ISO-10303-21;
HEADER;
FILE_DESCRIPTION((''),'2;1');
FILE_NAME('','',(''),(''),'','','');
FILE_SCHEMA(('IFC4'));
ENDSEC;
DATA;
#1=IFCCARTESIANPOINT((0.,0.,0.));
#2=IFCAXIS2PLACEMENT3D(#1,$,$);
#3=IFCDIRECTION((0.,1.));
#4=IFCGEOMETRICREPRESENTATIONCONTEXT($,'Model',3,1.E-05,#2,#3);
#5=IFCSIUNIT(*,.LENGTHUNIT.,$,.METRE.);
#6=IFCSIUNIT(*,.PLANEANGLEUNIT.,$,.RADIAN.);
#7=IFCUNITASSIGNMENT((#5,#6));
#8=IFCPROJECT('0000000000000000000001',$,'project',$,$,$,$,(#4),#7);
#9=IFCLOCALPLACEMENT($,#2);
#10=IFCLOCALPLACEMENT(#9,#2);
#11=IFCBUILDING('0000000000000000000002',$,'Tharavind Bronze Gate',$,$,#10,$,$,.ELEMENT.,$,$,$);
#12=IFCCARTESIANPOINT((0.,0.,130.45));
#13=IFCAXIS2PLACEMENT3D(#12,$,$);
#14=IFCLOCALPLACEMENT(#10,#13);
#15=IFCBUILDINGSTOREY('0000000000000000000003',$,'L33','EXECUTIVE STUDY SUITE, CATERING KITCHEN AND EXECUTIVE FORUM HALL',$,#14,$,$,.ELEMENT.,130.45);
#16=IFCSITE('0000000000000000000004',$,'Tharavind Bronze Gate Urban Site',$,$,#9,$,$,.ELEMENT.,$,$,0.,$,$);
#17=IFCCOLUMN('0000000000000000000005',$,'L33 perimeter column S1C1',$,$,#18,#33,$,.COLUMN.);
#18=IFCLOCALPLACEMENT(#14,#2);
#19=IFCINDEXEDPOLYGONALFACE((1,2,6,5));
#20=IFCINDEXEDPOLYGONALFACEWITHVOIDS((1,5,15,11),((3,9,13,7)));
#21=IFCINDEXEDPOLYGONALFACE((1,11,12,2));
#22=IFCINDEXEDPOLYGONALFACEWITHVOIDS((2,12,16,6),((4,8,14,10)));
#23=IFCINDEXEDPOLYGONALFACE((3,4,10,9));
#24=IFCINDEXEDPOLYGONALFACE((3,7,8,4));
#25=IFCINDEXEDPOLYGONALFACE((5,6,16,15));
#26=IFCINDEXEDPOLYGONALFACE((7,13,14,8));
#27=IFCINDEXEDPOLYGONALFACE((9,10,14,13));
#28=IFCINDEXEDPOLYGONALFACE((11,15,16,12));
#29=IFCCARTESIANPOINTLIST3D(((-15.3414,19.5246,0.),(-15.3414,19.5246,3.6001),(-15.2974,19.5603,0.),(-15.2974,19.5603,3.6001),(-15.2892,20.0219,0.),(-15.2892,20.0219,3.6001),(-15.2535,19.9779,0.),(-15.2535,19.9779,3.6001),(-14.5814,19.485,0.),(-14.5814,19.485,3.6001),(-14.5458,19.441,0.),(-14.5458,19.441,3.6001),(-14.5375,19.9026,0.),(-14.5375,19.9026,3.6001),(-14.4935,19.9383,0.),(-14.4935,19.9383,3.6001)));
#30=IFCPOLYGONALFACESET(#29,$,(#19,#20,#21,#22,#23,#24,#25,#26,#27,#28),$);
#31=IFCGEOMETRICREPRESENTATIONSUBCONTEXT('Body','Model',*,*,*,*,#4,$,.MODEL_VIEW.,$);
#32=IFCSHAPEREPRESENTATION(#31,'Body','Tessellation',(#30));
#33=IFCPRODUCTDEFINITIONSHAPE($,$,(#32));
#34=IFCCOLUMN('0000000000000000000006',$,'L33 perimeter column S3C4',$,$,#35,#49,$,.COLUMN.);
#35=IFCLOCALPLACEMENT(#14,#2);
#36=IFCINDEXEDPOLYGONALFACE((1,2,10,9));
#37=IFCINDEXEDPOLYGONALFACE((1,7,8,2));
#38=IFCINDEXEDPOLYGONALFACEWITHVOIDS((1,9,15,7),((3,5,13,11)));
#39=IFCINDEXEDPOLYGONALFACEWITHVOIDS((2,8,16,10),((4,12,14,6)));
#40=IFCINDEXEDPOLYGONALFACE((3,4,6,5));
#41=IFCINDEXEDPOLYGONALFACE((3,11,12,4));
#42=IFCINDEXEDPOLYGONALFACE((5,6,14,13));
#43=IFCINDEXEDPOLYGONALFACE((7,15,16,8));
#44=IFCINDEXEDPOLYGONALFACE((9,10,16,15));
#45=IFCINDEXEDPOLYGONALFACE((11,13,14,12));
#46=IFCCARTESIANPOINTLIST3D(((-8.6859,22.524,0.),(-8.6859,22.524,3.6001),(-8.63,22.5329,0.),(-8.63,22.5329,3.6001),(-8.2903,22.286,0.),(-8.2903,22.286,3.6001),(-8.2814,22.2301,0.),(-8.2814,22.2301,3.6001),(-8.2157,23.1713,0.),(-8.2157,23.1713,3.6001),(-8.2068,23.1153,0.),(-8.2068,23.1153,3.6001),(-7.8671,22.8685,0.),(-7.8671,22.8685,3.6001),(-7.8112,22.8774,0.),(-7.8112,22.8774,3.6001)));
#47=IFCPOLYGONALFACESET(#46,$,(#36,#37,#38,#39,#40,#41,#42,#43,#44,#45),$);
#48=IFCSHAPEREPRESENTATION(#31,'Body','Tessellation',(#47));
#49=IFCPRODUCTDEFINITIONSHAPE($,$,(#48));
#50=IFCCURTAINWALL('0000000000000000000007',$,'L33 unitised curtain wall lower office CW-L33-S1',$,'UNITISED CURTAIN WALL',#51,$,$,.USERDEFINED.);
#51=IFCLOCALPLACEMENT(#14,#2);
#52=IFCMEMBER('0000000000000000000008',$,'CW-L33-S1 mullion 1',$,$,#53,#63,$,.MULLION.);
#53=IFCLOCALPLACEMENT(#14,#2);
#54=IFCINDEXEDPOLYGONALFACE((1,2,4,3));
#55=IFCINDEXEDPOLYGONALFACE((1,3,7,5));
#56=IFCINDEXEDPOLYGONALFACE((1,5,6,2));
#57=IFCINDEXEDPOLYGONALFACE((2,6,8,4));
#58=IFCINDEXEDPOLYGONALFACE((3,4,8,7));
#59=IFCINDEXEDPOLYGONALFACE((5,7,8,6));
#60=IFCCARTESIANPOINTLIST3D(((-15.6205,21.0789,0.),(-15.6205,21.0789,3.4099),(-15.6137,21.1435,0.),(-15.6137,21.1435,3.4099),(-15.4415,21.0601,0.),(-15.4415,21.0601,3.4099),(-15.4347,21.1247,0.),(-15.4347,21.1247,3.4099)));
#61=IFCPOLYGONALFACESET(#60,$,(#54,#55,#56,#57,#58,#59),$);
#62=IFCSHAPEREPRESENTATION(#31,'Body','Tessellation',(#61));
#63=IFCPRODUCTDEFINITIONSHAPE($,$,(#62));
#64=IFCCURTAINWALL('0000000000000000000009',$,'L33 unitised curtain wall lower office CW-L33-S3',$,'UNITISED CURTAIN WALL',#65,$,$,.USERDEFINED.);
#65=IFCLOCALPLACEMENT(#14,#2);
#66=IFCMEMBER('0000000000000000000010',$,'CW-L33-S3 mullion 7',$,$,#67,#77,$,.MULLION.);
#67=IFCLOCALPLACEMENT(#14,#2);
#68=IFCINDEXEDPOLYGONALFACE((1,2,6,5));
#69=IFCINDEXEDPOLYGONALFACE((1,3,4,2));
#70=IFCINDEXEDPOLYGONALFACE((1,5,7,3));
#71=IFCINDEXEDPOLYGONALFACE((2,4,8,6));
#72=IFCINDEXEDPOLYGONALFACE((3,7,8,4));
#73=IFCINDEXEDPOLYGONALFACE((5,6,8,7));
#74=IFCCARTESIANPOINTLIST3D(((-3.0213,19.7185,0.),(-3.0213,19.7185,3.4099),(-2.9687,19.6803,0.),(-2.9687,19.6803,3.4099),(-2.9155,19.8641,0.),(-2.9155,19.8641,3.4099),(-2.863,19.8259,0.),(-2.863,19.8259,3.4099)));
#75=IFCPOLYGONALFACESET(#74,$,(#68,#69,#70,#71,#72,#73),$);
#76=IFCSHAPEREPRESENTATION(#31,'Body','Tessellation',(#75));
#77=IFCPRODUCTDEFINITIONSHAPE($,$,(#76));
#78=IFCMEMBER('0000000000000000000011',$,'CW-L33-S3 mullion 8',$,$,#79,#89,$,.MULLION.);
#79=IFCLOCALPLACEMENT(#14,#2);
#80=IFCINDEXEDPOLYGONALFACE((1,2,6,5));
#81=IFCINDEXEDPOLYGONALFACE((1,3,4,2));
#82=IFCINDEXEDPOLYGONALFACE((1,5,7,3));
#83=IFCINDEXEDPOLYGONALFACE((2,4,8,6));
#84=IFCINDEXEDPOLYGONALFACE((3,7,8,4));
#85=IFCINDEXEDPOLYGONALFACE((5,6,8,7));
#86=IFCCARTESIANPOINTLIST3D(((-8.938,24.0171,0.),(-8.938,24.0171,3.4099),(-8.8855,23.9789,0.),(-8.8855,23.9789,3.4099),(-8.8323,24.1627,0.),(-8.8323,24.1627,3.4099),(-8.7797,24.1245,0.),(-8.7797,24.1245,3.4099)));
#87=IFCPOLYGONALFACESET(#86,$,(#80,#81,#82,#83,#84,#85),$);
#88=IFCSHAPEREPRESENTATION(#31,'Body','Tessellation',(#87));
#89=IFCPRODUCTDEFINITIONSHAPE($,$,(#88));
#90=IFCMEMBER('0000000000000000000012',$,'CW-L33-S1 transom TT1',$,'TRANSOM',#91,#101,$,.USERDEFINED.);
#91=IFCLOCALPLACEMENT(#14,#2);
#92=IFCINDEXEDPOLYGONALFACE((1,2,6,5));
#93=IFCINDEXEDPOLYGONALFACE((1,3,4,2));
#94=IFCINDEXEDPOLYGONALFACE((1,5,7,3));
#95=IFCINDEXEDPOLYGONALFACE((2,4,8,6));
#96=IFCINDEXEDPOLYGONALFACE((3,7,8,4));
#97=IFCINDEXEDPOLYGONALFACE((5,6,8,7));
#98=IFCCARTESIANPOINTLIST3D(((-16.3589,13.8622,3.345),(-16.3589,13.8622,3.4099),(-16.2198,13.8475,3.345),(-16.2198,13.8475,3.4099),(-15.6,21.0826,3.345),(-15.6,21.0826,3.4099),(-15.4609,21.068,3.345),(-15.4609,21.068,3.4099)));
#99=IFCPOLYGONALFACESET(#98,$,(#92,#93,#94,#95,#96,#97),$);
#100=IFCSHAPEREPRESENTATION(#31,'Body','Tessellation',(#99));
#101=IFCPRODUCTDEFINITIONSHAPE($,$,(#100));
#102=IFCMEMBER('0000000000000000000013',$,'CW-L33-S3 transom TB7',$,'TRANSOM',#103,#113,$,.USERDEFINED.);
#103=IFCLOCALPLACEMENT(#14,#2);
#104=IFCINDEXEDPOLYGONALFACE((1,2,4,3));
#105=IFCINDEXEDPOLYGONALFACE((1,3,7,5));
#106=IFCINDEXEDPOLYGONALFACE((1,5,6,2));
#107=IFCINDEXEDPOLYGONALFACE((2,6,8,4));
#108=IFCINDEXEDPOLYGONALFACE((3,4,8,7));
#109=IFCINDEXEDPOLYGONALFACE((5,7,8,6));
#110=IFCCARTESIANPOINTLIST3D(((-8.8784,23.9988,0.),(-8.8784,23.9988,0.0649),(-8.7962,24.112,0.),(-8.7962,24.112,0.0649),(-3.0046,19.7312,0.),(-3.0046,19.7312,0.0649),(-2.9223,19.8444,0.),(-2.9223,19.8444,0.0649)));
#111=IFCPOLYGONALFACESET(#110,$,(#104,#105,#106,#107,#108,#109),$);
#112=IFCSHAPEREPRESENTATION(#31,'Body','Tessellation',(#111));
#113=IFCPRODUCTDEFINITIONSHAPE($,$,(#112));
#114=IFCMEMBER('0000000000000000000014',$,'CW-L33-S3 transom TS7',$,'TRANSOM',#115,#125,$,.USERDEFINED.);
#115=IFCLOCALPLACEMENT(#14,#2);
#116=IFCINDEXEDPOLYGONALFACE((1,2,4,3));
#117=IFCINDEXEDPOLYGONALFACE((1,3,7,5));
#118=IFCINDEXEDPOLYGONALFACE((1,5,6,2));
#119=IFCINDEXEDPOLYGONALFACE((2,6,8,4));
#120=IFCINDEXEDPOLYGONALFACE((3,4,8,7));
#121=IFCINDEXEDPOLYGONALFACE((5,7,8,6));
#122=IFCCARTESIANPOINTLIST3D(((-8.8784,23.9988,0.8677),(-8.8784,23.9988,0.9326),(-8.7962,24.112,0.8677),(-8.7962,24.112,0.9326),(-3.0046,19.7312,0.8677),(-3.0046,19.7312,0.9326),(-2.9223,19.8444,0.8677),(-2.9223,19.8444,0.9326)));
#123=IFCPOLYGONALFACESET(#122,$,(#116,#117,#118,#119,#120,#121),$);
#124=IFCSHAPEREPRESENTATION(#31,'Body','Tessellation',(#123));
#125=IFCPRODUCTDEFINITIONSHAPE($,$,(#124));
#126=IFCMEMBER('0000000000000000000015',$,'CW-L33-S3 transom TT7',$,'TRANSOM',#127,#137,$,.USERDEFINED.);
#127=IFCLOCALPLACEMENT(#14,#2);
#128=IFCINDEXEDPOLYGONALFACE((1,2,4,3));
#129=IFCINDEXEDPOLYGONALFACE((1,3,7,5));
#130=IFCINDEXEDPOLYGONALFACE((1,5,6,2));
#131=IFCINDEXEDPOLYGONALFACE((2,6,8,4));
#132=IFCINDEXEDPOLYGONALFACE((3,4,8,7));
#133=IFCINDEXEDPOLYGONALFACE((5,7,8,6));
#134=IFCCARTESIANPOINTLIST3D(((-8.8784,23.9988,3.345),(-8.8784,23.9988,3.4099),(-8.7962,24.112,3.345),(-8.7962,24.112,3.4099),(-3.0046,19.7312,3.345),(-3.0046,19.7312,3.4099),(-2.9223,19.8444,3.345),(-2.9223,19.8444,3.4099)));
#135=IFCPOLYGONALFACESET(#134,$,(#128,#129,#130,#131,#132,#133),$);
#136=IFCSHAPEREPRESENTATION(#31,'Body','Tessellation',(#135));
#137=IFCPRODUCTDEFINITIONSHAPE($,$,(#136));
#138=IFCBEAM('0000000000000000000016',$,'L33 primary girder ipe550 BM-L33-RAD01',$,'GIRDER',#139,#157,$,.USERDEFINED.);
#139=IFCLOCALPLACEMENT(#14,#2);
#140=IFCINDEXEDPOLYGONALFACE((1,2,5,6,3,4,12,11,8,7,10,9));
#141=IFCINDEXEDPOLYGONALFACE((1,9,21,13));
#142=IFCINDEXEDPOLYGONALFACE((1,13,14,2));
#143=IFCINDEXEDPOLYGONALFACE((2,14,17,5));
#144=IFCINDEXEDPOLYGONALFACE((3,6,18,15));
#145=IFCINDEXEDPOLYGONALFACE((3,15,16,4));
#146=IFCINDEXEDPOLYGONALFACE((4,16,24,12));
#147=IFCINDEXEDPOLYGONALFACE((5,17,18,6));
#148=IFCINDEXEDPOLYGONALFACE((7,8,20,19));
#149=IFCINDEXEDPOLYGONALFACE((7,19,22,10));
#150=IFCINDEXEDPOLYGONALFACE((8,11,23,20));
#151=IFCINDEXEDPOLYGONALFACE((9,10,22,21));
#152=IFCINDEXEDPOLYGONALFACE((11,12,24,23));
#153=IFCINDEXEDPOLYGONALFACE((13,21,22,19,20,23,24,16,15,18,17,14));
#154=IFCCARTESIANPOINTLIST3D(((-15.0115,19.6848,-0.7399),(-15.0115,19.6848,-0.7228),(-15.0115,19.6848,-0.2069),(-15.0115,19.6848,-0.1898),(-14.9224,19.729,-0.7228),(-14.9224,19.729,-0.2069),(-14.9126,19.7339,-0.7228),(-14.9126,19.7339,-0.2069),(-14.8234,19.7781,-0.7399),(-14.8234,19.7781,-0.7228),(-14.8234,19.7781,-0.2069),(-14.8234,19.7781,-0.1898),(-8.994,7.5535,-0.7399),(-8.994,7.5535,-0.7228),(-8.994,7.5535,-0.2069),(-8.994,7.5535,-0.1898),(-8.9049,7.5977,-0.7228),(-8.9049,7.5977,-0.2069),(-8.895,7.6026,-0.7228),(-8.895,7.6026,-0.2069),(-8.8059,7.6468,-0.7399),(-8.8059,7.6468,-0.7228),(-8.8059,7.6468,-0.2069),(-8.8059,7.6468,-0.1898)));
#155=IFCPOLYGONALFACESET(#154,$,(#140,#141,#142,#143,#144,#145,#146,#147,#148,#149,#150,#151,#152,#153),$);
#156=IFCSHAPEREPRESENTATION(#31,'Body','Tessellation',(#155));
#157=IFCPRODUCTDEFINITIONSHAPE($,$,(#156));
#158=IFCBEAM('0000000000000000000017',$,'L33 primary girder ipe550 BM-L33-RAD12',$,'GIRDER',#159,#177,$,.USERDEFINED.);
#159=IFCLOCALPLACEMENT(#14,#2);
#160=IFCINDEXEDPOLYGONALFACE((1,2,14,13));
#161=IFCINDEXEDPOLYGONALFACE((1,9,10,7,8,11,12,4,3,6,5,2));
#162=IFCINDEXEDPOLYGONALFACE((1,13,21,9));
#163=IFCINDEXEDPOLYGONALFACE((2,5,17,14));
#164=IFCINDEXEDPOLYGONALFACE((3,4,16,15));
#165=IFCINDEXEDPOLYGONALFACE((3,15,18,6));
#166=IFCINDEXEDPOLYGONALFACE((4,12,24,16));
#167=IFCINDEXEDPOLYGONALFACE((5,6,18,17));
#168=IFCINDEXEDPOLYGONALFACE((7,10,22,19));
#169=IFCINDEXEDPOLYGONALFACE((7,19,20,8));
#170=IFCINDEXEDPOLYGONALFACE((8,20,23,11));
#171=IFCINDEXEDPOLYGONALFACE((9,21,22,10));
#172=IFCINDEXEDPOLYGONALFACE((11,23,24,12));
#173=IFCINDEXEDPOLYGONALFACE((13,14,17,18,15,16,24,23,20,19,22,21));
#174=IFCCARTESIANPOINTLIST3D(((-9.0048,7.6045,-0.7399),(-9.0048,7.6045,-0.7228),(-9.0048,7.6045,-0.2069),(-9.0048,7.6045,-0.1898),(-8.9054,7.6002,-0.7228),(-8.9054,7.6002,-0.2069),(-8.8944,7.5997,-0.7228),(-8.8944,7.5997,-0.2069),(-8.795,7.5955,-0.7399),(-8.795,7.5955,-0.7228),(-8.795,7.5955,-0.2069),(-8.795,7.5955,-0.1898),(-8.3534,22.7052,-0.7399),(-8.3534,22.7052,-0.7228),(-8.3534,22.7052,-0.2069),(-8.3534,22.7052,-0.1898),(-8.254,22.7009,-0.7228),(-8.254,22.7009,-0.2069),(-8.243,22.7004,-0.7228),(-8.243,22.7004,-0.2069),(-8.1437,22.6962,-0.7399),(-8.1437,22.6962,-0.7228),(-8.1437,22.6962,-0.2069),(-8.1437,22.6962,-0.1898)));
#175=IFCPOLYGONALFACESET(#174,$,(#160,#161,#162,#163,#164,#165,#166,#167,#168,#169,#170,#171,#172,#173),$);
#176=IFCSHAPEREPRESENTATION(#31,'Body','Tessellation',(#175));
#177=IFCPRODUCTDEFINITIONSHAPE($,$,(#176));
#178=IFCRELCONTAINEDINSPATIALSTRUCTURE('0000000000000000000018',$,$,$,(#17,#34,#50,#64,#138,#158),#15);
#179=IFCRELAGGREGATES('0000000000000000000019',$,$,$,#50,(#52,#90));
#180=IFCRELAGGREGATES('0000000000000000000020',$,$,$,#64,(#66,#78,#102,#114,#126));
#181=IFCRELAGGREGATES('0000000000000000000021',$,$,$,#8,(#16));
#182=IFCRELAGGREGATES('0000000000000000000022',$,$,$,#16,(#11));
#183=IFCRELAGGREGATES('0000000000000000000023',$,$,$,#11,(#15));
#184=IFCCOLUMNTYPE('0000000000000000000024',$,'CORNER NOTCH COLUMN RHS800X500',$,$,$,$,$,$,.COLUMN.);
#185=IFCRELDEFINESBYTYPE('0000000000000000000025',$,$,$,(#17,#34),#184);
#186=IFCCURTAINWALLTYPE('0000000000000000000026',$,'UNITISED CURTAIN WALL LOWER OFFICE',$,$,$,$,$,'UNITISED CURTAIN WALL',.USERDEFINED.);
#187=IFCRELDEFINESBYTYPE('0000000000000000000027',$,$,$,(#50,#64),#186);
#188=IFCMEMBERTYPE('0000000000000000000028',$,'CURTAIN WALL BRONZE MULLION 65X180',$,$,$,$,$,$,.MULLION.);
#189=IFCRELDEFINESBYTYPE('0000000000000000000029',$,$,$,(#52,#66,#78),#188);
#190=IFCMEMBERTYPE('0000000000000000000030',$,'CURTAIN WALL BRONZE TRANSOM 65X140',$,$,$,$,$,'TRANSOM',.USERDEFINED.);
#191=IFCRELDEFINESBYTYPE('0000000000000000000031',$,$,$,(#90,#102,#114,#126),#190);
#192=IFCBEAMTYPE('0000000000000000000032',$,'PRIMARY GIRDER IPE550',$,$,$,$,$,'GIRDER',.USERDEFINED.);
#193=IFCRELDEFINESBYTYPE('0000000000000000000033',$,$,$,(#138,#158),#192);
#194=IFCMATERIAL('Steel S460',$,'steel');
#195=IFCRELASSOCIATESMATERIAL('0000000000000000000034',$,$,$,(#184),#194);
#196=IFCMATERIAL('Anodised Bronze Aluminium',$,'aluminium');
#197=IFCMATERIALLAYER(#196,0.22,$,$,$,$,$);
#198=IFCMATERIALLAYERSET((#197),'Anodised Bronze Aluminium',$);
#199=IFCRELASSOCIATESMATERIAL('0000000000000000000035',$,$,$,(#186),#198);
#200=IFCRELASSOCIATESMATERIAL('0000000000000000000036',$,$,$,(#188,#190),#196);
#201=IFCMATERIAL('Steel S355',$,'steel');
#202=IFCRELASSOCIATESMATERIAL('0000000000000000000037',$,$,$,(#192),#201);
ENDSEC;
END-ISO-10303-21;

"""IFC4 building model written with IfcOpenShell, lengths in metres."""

from ifc_helpers import new_model, si_unit, direction, frame, origin, origin_2d, place, context, subcontext, project, spatial, rectangle, hollow_rectangle, i_section, extrude, material, layer, layer_set, material_profile, profile_set, type_object, element, aggregate, save


model = new_model("IFC4")

# Units and contexts
model_context = context("Model", 3, precision=1e-05, world=origin(), true_north=direction((0.0, 1.0)))
body_context = subcontext(model_context, "Body", "Model", "MODEL_VIEW")
ifc_project = project(units=[si_unit("LENGTHUNIT", "METRE"), si_unit("PLANEANGLEUNIT", "RADIAN")], contexts=[model_context])

# Site, building, storey
site_placement = place(None, origin())
site = spatial("IfcSite", under=ifc_project, at=site_placement, Name="Tharavind Bronze Gate Urban Site", CompositionType="ELEMENT", RefElevation=0.0)
building_placement = place(site_placement, origin())
building = spatial("IfcBuilding", under=site, at=building_placement, Name="Tharavind Bronze Gate", CompositionType="ELEMENT")
storey_placement = place(building_placement, frame((0.0, 0.0, 130.45)))
storey = spatial("IfcBuildingStorey", under=building, at=storey_placement, Name="L33", Description="EXECUTIVE STUDY SUITE, CATERING KITCHEN AND EXECUTIVE FORUM HALL", CompositionType="ELEMENT", Elevation=130.45)

# Columns
ifc_material_1 = material(Name="Steel S460", Category="steel")
ifc_material_profile_1 = material_profile(ifc_material_1, hollow_rectangle(XDim=0.5, YDim=0.8, WallThickness=0.04, at=origin_2d()), Name="RHS800X500X40")
ifc_profile_set_1 = profile_set([ifc_material_profile_1], Name="Steel S460")
column_type = type_object("IfcColumnType", Name="CORNER NOTCH COLUMN RHS800X500", PredefinedType="COLUMN", material=ifc_profile_set_1)
for number, where, z_axis, x_axis, name in (
    (1, (-14.9175, 19.7314, 0.0), (0.0, 0.0, 1.0), (0.10453, 0.994522, 0.0), "L33 perimeter column S1C1"),
    (2, (-8.2485, 22.7007, 0.0), (0.0, 0.0, 1.0), (-0.809017, 0.587785, 0.0), "L33 perimeter column S3C4"),
):
    element("IfcColumn", number, at=place(storey_placement, frame(where, z_axis=z_axis, x_axis=x_axis)), inside=storey, type_object=column_type, Name=name, PredefinedType="COLUMN", context=body_context, shape_type="SweptSolid", body=[
        extrude(hollow_rectangle(XDim=0.5, YDim=0.8, WallThickness=0.04, at=origin_2d()), origin(), (0.0, 0.0, 1.0), 3.6001),
    ])

# Curtain wall, member
ifc_material_2 = material(Name="Anodised Bronze Aluminium", Category="aluminium")
ifc_layer_1 = layer(ifc_material_2, 0.22)
ifc_layer_set_1 = layer_set([ifc_layer_1], Name="Anodised Bronze Aluminium")
curtain_wall_type = type_object("IfcCurtainWallType", Name="UNITISED CURTAIN WALL LOWER OFFICE", ElementType="UNITISED CURTAIN WALL", PredefinedType="USERDEFINED", material=ifc_layer_set_1)
curtain_wall_1_placement = place(storey_placement, origin())
curtain_wall_1 = element("IfcCurtainWall", 3, at=curtain_wall_1_placement, inside=storey, type_object=curtain_wall_type, Name="L33 unitised curtain wall lower office CW-L33-S1", ObjectType="UNITISED CURTAIN WALL", PredefinedType="USERDEFINED")
member_type_1 = type_object("IfcMemberType", Name="CURTAIN WALL BRONZE MULLION 65X180", PredefinedType="MULLION", material=ifc_material_2)
member_1_placement = place(storey_placement, frame((-15.5276, 21.1018, 0.0), z_axis=(0.0, 0.0, 1.0), x_axis=(-0.104527, -0.994522, 0.0)))
member_1 = element("IfcMember", 4, at=member_1_placement, type_object=member_type_1, Name="CW-L33-S1 mullion 1", PredefinedType="MULLION", context=body_context, shape_type="SweptSolid", body=[
    extrude(rectangle(XDim=0.0649, YDim=0.1799, at=origin_2d()), origin(), (0.0, 0.0, 1.0), 3.4099),
])

# Curtain wall, members
curtain_wall_2_placement = place(storey_placement, origin())
curtain_wall_2 = element("IfcCurtainWall", 5, at=curtain_wall_2_placement, inside=storey, type_object=curtain_wall_type, Name="L33 unitised curtain wall lower office CW-L33-S3", ObjectType="UNITISED CURTAIN WALL", PredefinedType="USERDEFINED")
member_2_placement = place(storey_placement, frame((-2.9421, 19.7722, 0.0), z_axis=(0.0, 0.0, 1.0), x_axis=(-0.809017, 0.587785, 0.0)))
member_2 = element("IfcMember", 6, at=member_2_placement, type_object=member_type_1, Name="CW-L33-S3 mullion 7", PredefinedType="MULLION", context=body_context, shape_type="SweptSolid", body=[
    extrude(rectangle(XDim=0.0649, YDim=0.1799, at=origin_2d()), origin(), (0.0, 0.0, 1.0), 3.4099),
])
member_3_placement = place(storey_placement, frame((-8.8589, 24.0708, 0.0), z_axis=(0.0, 0.0, 1.0), x_axis=(-0.809017, 0.587785, 0.0)))
member_3 = element("IfcMember", 7, at=member_3_placement, type_object=member_type_1, Name="CW-L33-S3 mullion 8", PredefinedType="MULLION", context=body_context, shape_type="SweptSolid", body=[
    extrude(rectangle(XDim=0.0649, YDim=0.1799, at=origin_2d()), origin(), (0.0, 0.0, 1.0), 3.4099),
])

# Members
member_type_2 = type_object("IfcMemberType", Name="CURTAIN WALL BRONZE TRANSOM 65X140", ElementType="TRANSOM", PredefinedType="USERDEFINED", material=ifc_material_2)
member_4_placement = place(storey_placement, frame((-15.9099, 17.4651, 3.345), z_axis=(0.0, 0.0, 1.0), x_axis=(-0.104527, -0.994522, 0.0)))
member_4 = element("IfcMember", 8, at=member_4_placement, type_object=member_type_2, Name="CW-L33-S1 transom TT1", ObjectType="TRANSOM", PredefinedType="USERDEFINED", context=body_context, shape_type="SweptSolid", body=[
    extrude(rectangle(XDim=7.2603, YDim=0.1399, at=origin_2d()), origin(), (0.0, 0.0, 1.0), 0.0649),
])
member_5_placement = place(storey_placement, frame((-5.9004, 21.9216, 0.0), z_axis=(0.0, 0.0, 1.0), x_axis=(-0.809017, 0.587785, 0.0)))
member_5 = element("IfcMember", 9, at=member_5_placement, type_object=member_type_2, Name="CW-L33-S3 transom TB7", ObjectType="TRANSOM", PredefinedType="USERDEFINED", context=body_context, shape_type="SweptSolid", body=[
    extrude(rectangle(XDim=7.2605, YDim=0.1399, at=origin_2d()), origin(), (0.0, 0.0, 1.0), 0.0649),
])
member_6_placement = place(storey_placement, frame((-5.9004, 21.9216, 0.8677), z_axis=(0.0, 0.0, 1.0), x_axis=(-0.809017, 0.587785, 0.0)))
member_6 = element("IfcMember", 10, at=member_6_placement, type_object=member_type_2, Name="CW-L33-S3 transom TS7", ObjectType="TRANSOM", PredefinedType="USERDEFINED", context=body_context, shape_type="SweptSolid", body=[
    extrude(rectangle(XDim=7.2605, YDim=0.1399, at=origin_2d()), origin(), (0.0, 0.0, 1.0), 0.0649),
])
member_7_placement = place(storey_placement, frame((-5.9004, 21.9216, 3.345), z_axis=(0.0, 0.0, 1.0), x_axis=(-0.809017, 0.587785, 0.0)))
member_7 = element("IfcMember", 11, at=member_7_placement, type_object=member_type_2, Name="CW-L33-S3 transom TT7", ObjectType="TRANSOM", PredefinedType="USERDEFINED", context=body_context, shape_type="SweptSolid", body=[
    extrude(rectangle(XDim=7.2605, YDim=0.1399, at=origin_2d()), origin(), (0.0, 0.0, 1.0), 0.0649),
])

# Beams
ifc_material_3 = material(Name="Steel S355", Category="steel")
ifc_material_profile_2 = material_profile(ifc_material_3, i_section(OverallWidth=0.21, OverallDepth=0.55, WebThickness=0.011, FlangeThickness=0.0171, at=origin_2d()), Name="IPE550")
ifc_profile_set_2 = profile_set([ifc_material_profile_2], Name="Steel S355")
beam_type_1 = type_object("IfcBeamType", Name="PRIMARY GIRDER IPE550", ElementType="GIRDER", PredefinedType="USERDEFINED", material=ifc_profile_set_2)
beam_1_placement = place(storey_placement, frame((-14.9175, 19.7314, -0.4648), z_axis=(0.44437, -0.895843, 0.0), x_axis=(0.895843, 0.44437, 0.0)))
element("IfcBeam", 12, at=beam_1_placement, inside=storey, type_object=beam_type_1, Name="L33 primary girder ipe550 BM-L33-RAD01", ObjectType="GIRDER", PredefinedType="USERDEFINED", context=body_context, shape_type="SweptSolid", body=[
    extrude(i_section(OverallWidth=0.21, OverallDepth=0.55, WebThickness=0.011, FlangeThickness=0.0171, at=origin_2d()), origin(), (0.0, 0.0, 1.0), 13.5417),
])
beam_2_placement = place(storey_placement, frame((-8.2485, 22.7007, -0.4648), z_axis=(-0.043095, -0.999071, 0.0), x_axis=(0.999071, -0.043095, 0.0)))
element("IfcBeam", 13, at=beam_2_placement, inside=storey, type_object=beam_type_1, Name="L33 primary girder ipe550 BM-L33-RAD12", ObjectType="GIRDER", PredefinedType="USERDEFINED", context=body_context, shape_type="SweptSolid", body=[
    extrude(i_section(OverallWidth=0.21, OverallDepth=0.55, WebThickness=0.011, FlangeThickness=0.0171, at=origin_2d()), origin(), (0.0, 0.0, 1.0), 15.1147),
])

aggregate(curtain_wall_1, [member_1, member_4])
aggregate(curtain_wall_2, [member_2, member_3, member_5, member_6, member_7])

save(model, "model.ifc")
